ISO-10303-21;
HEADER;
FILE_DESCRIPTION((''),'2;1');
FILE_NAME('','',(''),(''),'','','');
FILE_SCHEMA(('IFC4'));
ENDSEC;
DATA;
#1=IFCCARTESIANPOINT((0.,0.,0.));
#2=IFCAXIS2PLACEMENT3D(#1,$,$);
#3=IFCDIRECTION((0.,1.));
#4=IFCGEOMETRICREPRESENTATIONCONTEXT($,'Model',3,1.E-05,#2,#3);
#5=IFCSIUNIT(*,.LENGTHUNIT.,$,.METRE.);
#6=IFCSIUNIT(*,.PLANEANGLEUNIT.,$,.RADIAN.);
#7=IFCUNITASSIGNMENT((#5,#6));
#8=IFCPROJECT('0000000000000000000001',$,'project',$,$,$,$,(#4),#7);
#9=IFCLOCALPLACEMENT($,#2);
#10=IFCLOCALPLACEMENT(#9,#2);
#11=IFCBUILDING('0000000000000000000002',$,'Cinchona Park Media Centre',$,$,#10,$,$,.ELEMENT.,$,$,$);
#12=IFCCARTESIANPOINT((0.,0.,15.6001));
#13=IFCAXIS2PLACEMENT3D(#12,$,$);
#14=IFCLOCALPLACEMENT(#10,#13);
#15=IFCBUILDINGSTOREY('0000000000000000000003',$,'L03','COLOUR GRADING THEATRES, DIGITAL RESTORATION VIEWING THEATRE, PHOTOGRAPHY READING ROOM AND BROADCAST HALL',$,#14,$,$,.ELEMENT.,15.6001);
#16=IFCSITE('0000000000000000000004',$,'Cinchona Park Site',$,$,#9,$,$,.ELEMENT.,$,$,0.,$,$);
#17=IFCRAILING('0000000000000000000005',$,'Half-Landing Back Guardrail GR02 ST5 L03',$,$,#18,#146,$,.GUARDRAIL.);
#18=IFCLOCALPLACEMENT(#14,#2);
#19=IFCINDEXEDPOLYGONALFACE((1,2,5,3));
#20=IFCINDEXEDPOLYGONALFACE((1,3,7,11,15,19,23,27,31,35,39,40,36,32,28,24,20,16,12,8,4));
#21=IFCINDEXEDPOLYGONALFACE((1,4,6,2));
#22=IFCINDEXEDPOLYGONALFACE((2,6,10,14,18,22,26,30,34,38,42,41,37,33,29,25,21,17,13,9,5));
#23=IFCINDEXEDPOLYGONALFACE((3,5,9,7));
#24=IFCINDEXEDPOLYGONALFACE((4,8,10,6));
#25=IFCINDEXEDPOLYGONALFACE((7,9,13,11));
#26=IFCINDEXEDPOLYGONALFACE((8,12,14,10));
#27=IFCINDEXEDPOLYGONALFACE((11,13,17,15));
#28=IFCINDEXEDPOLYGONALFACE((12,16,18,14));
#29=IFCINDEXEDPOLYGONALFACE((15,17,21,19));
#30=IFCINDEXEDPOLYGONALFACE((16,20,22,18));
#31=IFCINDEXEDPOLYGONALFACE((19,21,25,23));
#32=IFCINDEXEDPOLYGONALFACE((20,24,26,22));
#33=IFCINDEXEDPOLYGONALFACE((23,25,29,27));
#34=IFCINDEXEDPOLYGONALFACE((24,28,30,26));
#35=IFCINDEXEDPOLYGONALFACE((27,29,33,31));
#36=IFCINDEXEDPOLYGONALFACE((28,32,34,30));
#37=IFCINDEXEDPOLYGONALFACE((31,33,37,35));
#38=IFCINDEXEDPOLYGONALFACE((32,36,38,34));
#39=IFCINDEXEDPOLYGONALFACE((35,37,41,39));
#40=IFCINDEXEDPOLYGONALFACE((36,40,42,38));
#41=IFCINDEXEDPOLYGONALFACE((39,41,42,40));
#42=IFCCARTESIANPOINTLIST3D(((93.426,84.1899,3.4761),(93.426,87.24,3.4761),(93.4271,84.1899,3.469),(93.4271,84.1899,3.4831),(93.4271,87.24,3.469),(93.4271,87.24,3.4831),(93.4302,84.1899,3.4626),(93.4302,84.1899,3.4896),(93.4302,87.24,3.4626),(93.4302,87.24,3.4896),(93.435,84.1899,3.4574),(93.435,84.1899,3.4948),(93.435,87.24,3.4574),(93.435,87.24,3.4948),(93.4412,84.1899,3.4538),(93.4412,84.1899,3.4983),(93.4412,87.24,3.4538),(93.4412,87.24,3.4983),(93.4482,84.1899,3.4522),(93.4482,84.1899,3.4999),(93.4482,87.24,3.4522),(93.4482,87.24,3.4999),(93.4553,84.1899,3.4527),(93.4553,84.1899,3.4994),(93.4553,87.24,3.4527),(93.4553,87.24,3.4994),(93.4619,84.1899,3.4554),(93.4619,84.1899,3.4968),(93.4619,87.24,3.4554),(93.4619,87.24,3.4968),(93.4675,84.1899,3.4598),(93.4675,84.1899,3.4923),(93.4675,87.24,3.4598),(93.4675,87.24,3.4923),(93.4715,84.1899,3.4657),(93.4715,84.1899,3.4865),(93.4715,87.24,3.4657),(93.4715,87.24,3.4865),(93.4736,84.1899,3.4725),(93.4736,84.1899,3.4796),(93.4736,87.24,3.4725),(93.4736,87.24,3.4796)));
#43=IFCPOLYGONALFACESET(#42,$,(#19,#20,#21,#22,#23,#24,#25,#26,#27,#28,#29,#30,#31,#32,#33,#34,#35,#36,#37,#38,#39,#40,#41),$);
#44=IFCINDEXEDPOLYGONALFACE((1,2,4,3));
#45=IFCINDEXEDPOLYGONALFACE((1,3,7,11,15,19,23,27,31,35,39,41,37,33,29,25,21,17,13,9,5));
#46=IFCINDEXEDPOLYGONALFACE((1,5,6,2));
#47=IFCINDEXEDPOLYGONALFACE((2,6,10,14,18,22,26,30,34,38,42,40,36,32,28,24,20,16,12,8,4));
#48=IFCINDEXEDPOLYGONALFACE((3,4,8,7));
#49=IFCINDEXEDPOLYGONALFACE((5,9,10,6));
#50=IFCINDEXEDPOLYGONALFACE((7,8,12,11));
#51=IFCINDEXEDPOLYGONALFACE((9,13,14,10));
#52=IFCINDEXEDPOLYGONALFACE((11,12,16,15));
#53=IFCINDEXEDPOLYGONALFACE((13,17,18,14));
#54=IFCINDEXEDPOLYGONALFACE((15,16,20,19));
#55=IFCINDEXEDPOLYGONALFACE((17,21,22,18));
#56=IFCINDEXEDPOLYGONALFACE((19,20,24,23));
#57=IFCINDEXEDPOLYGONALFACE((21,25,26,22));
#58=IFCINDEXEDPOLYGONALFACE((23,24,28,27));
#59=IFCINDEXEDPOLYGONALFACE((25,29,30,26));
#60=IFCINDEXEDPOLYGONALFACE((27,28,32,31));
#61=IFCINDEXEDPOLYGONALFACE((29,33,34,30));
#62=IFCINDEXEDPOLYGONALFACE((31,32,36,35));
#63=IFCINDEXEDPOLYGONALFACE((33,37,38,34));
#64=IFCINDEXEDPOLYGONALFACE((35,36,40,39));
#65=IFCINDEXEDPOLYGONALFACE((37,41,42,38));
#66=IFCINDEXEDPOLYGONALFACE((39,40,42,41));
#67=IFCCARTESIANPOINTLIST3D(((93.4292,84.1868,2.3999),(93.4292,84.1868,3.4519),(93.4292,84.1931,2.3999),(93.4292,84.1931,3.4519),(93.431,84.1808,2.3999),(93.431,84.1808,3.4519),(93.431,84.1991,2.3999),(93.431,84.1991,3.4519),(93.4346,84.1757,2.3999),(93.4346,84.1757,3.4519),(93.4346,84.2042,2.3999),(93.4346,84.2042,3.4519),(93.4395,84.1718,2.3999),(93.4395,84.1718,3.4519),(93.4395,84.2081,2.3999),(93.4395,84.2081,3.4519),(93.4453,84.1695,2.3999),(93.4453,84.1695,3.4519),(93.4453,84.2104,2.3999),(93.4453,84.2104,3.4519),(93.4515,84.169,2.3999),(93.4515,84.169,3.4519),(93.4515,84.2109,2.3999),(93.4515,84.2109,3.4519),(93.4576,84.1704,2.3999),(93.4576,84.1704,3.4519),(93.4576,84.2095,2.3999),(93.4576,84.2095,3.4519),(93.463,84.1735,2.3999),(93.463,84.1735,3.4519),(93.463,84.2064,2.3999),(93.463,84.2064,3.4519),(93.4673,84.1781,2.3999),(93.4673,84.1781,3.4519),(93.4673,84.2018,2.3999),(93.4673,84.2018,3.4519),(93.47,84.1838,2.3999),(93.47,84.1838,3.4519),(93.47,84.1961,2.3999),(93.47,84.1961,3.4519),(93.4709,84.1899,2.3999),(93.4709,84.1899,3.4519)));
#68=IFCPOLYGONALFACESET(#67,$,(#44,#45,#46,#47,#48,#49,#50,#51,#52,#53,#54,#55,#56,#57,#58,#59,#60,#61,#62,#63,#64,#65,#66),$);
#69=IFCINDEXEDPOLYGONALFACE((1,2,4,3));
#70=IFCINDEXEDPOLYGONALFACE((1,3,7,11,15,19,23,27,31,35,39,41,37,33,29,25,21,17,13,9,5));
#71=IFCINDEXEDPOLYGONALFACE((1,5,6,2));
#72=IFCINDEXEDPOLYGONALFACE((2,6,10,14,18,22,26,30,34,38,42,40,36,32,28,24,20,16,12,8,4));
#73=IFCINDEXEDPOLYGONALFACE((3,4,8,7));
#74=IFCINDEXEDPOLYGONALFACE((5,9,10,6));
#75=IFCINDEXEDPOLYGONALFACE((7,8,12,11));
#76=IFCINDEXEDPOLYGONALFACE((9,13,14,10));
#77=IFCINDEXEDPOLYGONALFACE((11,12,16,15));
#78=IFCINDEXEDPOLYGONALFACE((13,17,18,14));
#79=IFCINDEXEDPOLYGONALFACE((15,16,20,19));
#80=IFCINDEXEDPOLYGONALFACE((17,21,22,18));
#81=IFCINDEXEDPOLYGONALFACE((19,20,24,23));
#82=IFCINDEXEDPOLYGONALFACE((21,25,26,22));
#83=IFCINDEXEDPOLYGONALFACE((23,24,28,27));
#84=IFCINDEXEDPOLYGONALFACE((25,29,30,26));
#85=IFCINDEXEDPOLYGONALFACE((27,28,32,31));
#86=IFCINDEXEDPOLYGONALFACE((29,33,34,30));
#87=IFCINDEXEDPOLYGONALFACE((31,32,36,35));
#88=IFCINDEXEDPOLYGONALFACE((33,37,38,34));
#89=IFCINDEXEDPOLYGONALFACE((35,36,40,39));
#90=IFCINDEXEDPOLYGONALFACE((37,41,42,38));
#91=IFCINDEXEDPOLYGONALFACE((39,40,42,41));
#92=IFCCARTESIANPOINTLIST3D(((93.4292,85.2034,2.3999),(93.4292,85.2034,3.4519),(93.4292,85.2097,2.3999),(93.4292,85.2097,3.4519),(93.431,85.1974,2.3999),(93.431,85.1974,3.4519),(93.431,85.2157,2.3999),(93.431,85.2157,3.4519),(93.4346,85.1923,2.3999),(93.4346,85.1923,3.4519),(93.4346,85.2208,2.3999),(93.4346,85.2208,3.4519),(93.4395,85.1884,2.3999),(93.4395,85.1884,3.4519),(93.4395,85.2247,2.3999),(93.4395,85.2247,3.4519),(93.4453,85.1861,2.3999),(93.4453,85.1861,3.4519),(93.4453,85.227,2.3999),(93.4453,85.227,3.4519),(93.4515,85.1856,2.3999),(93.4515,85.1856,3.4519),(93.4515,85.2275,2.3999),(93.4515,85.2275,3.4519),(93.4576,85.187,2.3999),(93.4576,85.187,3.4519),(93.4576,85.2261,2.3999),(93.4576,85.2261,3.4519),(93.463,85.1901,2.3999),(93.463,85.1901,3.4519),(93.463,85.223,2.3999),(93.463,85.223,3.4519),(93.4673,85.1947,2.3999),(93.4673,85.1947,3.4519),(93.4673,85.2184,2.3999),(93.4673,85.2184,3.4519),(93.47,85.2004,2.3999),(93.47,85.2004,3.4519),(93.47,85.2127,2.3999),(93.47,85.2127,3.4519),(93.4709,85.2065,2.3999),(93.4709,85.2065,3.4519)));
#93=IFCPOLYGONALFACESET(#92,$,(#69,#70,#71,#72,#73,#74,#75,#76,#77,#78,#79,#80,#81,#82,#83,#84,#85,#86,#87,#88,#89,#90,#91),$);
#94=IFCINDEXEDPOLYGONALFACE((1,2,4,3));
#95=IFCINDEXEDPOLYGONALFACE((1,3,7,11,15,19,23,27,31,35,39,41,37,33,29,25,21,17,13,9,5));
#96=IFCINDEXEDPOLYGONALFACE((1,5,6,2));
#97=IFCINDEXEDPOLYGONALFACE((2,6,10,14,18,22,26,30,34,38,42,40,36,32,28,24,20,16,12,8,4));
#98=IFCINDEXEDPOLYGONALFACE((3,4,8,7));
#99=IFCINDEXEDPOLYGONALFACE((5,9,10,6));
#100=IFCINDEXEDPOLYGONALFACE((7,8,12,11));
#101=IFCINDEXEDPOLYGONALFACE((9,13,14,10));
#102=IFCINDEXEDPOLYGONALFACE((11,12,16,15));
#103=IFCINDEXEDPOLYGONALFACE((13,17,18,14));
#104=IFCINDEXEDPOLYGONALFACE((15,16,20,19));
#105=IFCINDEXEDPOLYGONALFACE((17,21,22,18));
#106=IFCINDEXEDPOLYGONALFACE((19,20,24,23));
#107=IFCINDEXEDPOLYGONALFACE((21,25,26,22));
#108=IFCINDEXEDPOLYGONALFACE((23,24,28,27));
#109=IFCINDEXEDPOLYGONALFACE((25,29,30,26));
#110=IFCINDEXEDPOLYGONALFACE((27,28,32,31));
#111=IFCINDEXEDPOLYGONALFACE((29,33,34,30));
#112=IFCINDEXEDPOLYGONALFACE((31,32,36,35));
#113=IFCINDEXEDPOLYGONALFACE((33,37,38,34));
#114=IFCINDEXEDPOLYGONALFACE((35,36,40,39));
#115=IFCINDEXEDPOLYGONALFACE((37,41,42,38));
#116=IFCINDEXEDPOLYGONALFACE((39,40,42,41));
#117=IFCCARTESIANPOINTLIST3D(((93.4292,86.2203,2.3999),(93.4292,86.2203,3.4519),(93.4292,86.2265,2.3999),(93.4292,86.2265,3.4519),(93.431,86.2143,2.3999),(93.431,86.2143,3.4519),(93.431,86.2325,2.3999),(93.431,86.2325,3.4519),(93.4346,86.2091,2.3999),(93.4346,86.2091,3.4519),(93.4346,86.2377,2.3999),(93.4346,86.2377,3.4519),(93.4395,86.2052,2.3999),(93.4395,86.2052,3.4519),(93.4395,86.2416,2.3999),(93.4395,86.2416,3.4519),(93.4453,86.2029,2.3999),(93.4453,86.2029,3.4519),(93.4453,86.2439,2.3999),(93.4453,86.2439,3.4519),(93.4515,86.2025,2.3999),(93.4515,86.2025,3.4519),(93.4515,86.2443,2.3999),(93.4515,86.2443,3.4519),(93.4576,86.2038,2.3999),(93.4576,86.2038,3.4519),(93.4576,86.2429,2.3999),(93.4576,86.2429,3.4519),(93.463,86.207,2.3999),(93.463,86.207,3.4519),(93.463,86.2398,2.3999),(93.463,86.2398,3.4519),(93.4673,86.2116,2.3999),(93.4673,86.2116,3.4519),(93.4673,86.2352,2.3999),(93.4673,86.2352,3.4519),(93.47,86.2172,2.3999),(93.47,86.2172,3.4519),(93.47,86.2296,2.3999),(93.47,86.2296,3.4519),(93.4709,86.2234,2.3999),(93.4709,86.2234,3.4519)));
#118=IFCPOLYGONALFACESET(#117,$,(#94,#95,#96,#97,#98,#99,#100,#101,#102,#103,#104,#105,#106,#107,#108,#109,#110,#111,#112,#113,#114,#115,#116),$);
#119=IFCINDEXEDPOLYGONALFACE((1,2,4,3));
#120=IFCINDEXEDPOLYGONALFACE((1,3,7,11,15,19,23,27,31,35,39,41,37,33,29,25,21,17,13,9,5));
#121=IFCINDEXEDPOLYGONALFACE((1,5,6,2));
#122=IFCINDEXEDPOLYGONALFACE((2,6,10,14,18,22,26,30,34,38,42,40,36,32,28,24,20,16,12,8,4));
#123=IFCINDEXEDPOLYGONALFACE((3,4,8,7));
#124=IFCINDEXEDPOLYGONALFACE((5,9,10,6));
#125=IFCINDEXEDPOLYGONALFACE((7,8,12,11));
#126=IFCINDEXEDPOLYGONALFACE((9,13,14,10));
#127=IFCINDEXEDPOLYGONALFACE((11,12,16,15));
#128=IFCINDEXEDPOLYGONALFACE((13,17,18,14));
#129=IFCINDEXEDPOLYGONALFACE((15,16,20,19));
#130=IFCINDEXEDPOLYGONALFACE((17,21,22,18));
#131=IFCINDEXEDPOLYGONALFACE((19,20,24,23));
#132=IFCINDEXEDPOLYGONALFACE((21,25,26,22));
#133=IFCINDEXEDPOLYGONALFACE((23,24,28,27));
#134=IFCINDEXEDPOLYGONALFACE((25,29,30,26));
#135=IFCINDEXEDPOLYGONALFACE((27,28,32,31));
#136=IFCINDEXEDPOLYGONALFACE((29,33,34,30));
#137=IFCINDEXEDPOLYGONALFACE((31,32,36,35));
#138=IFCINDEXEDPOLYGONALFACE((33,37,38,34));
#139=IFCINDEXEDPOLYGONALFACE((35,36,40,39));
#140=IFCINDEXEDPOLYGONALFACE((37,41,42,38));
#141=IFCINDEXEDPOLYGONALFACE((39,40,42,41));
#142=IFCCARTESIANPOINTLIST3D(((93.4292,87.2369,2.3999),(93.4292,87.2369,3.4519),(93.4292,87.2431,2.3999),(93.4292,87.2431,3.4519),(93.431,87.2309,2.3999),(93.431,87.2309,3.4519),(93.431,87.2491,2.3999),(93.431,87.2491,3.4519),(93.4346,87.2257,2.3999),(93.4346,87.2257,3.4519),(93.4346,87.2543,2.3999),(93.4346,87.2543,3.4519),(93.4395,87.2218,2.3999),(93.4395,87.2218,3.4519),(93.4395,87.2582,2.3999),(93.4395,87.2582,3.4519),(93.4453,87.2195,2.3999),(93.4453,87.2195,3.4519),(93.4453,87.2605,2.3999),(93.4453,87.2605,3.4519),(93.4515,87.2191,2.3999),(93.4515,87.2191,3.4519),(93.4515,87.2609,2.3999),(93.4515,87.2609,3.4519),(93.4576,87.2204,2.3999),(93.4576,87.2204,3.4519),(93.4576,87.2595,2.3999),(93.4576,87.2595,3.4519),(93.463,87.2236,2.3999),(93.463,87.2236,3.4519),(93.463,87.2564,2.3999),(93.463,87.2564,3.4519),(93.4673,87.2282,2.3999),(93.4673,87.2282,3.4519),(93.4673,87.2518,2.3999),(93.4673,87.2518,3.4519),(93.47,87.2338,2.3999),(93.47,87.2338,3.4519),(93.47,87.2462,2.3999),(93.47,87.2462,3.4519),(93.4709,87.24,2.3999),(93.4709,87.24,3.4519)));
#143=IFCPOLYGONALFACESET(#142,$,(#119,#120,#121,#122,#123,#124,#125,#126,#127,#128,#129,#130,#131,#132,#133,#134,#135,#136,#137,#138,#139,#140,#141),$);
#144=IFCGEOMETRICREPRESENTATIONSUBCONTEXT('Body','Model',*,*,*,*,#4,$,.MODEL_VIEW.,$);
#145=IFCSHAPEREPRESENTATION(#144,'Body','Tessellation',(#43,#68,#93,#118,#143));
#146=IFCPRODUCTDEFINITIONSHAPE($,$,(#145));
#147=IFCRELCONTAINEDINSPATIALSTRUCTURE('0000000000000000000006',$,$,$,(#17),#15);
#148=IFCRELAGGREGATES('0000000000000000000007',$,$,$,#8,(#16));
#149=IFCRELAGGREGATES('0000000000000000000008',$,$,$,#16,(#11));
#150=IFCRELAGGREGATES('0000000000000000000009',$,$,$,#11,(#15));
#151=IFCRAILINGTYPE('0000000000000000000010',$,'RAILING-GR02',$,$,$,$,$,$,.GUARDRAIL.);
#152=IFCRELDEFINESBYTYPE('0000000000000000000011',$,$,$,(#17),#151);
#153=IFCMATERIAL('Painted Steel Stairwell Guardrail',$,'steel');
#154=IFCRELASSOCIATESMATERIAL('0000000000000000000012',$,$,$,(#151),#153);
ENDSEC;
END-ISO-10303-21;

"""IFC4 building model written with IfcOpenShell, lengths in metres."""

from ifc_helpers import new_model, si_unit, direction, frame, origin, origin_2d, place, context, subcontext, project, spatial, circle, extrude, material, type_object, element, save


model = new_model("IFC4")

# Units and contexts
model_context = context("Model", 3, precision=1e-05, world=origin(), true_north=direction((0.0, 1.0)))
body_context = subcontext(model_context, "Body", "Model", "MODEL_VIEW")
ifc_project = project(units=[si_unit("LENGTHUNIT", "METRE"), si_unit("PLANEANGLEUNIT", "RADIAN")], contexts=[model_context])

# Site, building, storey
site_placement = place(None, origin())
site = spatial("IfcSite", under=ifc_project, at=site_placement, Name="Cinchona Park Site", CompositionType="ELEMENT", RefElevation=0.0)
building_placement = place(site_placement, origin())
building = spatial("IfcBuilding", under=site, at=building_placement, Name="Cinchona Park Media Centre", CompositionType="ELEMENT")
storey_placement = place(building_placement, frame((0.0, 0.0, 15.6001)))
storey = spatial("IfcBuildingStorey", under=building, at=storey_placement, Name="L03", Description="COLOUR GRADING THEATRES, DIGITAL RESTORATION VIEWING THEATRE, PHOTOGRAPHY READING ROOM AND BROADCAST HALL", CompositionType="ELEMENT", Elevation=15.6001)

# Railing
ifc_material_1 = material(Name="Painted Steel Stairwell Guardrail", Category="steel")
railing_type_1 = type_object("IfcRailingType", Name="RAILING-GR02", PredefinedType="GUARDRAIL", material=ifc_material_1)
railing_1_placement = place(storey_placement, frame((93.45, 84.1899, 2.3999)))
element("IfcRailing", 1, at=railing_1_placement, inside=storey, type_object=railing_type_1, Name="Half-Landing Back Guardrail GR02 ST5 L03", PredefinedType="GUARDRAIL", context=body_context, shape_type="SweptSolid", body=[
    extrude(circle(Radius=0.0239, at=origin_2d()), frame((0.0, 0.0, 1.0762), z_axis=(0.0, 1.0, 0.0), x_axis=(-1.0, 0.0, 0.0)), (0.0, 0.0, 1.0), 3.05),
    extrude(circle(Radius=0.021, at=origin_2d()), origin(), (0.0, 0.0, 1.0), 1.052),
    extrude(circle(Radius=0.021, at=origin_2d()), frame((0.0, 1.0166, 0.0)), (0.0, 0.0, 1.0), 1.052),
    extrude(circle(Radius=0.021, at=origin_2d()), frame((0.0, 2.0334, 0.0)), (0.0, 0.0, 1.0), 1.052),
    extrude(circle(Radius=0.021, at=origin_2d()), frame((0.0, 3.05, 0.0)), (0.0, 0.0, 1.0), 1.052),
])

save(model, "model.ifc")
